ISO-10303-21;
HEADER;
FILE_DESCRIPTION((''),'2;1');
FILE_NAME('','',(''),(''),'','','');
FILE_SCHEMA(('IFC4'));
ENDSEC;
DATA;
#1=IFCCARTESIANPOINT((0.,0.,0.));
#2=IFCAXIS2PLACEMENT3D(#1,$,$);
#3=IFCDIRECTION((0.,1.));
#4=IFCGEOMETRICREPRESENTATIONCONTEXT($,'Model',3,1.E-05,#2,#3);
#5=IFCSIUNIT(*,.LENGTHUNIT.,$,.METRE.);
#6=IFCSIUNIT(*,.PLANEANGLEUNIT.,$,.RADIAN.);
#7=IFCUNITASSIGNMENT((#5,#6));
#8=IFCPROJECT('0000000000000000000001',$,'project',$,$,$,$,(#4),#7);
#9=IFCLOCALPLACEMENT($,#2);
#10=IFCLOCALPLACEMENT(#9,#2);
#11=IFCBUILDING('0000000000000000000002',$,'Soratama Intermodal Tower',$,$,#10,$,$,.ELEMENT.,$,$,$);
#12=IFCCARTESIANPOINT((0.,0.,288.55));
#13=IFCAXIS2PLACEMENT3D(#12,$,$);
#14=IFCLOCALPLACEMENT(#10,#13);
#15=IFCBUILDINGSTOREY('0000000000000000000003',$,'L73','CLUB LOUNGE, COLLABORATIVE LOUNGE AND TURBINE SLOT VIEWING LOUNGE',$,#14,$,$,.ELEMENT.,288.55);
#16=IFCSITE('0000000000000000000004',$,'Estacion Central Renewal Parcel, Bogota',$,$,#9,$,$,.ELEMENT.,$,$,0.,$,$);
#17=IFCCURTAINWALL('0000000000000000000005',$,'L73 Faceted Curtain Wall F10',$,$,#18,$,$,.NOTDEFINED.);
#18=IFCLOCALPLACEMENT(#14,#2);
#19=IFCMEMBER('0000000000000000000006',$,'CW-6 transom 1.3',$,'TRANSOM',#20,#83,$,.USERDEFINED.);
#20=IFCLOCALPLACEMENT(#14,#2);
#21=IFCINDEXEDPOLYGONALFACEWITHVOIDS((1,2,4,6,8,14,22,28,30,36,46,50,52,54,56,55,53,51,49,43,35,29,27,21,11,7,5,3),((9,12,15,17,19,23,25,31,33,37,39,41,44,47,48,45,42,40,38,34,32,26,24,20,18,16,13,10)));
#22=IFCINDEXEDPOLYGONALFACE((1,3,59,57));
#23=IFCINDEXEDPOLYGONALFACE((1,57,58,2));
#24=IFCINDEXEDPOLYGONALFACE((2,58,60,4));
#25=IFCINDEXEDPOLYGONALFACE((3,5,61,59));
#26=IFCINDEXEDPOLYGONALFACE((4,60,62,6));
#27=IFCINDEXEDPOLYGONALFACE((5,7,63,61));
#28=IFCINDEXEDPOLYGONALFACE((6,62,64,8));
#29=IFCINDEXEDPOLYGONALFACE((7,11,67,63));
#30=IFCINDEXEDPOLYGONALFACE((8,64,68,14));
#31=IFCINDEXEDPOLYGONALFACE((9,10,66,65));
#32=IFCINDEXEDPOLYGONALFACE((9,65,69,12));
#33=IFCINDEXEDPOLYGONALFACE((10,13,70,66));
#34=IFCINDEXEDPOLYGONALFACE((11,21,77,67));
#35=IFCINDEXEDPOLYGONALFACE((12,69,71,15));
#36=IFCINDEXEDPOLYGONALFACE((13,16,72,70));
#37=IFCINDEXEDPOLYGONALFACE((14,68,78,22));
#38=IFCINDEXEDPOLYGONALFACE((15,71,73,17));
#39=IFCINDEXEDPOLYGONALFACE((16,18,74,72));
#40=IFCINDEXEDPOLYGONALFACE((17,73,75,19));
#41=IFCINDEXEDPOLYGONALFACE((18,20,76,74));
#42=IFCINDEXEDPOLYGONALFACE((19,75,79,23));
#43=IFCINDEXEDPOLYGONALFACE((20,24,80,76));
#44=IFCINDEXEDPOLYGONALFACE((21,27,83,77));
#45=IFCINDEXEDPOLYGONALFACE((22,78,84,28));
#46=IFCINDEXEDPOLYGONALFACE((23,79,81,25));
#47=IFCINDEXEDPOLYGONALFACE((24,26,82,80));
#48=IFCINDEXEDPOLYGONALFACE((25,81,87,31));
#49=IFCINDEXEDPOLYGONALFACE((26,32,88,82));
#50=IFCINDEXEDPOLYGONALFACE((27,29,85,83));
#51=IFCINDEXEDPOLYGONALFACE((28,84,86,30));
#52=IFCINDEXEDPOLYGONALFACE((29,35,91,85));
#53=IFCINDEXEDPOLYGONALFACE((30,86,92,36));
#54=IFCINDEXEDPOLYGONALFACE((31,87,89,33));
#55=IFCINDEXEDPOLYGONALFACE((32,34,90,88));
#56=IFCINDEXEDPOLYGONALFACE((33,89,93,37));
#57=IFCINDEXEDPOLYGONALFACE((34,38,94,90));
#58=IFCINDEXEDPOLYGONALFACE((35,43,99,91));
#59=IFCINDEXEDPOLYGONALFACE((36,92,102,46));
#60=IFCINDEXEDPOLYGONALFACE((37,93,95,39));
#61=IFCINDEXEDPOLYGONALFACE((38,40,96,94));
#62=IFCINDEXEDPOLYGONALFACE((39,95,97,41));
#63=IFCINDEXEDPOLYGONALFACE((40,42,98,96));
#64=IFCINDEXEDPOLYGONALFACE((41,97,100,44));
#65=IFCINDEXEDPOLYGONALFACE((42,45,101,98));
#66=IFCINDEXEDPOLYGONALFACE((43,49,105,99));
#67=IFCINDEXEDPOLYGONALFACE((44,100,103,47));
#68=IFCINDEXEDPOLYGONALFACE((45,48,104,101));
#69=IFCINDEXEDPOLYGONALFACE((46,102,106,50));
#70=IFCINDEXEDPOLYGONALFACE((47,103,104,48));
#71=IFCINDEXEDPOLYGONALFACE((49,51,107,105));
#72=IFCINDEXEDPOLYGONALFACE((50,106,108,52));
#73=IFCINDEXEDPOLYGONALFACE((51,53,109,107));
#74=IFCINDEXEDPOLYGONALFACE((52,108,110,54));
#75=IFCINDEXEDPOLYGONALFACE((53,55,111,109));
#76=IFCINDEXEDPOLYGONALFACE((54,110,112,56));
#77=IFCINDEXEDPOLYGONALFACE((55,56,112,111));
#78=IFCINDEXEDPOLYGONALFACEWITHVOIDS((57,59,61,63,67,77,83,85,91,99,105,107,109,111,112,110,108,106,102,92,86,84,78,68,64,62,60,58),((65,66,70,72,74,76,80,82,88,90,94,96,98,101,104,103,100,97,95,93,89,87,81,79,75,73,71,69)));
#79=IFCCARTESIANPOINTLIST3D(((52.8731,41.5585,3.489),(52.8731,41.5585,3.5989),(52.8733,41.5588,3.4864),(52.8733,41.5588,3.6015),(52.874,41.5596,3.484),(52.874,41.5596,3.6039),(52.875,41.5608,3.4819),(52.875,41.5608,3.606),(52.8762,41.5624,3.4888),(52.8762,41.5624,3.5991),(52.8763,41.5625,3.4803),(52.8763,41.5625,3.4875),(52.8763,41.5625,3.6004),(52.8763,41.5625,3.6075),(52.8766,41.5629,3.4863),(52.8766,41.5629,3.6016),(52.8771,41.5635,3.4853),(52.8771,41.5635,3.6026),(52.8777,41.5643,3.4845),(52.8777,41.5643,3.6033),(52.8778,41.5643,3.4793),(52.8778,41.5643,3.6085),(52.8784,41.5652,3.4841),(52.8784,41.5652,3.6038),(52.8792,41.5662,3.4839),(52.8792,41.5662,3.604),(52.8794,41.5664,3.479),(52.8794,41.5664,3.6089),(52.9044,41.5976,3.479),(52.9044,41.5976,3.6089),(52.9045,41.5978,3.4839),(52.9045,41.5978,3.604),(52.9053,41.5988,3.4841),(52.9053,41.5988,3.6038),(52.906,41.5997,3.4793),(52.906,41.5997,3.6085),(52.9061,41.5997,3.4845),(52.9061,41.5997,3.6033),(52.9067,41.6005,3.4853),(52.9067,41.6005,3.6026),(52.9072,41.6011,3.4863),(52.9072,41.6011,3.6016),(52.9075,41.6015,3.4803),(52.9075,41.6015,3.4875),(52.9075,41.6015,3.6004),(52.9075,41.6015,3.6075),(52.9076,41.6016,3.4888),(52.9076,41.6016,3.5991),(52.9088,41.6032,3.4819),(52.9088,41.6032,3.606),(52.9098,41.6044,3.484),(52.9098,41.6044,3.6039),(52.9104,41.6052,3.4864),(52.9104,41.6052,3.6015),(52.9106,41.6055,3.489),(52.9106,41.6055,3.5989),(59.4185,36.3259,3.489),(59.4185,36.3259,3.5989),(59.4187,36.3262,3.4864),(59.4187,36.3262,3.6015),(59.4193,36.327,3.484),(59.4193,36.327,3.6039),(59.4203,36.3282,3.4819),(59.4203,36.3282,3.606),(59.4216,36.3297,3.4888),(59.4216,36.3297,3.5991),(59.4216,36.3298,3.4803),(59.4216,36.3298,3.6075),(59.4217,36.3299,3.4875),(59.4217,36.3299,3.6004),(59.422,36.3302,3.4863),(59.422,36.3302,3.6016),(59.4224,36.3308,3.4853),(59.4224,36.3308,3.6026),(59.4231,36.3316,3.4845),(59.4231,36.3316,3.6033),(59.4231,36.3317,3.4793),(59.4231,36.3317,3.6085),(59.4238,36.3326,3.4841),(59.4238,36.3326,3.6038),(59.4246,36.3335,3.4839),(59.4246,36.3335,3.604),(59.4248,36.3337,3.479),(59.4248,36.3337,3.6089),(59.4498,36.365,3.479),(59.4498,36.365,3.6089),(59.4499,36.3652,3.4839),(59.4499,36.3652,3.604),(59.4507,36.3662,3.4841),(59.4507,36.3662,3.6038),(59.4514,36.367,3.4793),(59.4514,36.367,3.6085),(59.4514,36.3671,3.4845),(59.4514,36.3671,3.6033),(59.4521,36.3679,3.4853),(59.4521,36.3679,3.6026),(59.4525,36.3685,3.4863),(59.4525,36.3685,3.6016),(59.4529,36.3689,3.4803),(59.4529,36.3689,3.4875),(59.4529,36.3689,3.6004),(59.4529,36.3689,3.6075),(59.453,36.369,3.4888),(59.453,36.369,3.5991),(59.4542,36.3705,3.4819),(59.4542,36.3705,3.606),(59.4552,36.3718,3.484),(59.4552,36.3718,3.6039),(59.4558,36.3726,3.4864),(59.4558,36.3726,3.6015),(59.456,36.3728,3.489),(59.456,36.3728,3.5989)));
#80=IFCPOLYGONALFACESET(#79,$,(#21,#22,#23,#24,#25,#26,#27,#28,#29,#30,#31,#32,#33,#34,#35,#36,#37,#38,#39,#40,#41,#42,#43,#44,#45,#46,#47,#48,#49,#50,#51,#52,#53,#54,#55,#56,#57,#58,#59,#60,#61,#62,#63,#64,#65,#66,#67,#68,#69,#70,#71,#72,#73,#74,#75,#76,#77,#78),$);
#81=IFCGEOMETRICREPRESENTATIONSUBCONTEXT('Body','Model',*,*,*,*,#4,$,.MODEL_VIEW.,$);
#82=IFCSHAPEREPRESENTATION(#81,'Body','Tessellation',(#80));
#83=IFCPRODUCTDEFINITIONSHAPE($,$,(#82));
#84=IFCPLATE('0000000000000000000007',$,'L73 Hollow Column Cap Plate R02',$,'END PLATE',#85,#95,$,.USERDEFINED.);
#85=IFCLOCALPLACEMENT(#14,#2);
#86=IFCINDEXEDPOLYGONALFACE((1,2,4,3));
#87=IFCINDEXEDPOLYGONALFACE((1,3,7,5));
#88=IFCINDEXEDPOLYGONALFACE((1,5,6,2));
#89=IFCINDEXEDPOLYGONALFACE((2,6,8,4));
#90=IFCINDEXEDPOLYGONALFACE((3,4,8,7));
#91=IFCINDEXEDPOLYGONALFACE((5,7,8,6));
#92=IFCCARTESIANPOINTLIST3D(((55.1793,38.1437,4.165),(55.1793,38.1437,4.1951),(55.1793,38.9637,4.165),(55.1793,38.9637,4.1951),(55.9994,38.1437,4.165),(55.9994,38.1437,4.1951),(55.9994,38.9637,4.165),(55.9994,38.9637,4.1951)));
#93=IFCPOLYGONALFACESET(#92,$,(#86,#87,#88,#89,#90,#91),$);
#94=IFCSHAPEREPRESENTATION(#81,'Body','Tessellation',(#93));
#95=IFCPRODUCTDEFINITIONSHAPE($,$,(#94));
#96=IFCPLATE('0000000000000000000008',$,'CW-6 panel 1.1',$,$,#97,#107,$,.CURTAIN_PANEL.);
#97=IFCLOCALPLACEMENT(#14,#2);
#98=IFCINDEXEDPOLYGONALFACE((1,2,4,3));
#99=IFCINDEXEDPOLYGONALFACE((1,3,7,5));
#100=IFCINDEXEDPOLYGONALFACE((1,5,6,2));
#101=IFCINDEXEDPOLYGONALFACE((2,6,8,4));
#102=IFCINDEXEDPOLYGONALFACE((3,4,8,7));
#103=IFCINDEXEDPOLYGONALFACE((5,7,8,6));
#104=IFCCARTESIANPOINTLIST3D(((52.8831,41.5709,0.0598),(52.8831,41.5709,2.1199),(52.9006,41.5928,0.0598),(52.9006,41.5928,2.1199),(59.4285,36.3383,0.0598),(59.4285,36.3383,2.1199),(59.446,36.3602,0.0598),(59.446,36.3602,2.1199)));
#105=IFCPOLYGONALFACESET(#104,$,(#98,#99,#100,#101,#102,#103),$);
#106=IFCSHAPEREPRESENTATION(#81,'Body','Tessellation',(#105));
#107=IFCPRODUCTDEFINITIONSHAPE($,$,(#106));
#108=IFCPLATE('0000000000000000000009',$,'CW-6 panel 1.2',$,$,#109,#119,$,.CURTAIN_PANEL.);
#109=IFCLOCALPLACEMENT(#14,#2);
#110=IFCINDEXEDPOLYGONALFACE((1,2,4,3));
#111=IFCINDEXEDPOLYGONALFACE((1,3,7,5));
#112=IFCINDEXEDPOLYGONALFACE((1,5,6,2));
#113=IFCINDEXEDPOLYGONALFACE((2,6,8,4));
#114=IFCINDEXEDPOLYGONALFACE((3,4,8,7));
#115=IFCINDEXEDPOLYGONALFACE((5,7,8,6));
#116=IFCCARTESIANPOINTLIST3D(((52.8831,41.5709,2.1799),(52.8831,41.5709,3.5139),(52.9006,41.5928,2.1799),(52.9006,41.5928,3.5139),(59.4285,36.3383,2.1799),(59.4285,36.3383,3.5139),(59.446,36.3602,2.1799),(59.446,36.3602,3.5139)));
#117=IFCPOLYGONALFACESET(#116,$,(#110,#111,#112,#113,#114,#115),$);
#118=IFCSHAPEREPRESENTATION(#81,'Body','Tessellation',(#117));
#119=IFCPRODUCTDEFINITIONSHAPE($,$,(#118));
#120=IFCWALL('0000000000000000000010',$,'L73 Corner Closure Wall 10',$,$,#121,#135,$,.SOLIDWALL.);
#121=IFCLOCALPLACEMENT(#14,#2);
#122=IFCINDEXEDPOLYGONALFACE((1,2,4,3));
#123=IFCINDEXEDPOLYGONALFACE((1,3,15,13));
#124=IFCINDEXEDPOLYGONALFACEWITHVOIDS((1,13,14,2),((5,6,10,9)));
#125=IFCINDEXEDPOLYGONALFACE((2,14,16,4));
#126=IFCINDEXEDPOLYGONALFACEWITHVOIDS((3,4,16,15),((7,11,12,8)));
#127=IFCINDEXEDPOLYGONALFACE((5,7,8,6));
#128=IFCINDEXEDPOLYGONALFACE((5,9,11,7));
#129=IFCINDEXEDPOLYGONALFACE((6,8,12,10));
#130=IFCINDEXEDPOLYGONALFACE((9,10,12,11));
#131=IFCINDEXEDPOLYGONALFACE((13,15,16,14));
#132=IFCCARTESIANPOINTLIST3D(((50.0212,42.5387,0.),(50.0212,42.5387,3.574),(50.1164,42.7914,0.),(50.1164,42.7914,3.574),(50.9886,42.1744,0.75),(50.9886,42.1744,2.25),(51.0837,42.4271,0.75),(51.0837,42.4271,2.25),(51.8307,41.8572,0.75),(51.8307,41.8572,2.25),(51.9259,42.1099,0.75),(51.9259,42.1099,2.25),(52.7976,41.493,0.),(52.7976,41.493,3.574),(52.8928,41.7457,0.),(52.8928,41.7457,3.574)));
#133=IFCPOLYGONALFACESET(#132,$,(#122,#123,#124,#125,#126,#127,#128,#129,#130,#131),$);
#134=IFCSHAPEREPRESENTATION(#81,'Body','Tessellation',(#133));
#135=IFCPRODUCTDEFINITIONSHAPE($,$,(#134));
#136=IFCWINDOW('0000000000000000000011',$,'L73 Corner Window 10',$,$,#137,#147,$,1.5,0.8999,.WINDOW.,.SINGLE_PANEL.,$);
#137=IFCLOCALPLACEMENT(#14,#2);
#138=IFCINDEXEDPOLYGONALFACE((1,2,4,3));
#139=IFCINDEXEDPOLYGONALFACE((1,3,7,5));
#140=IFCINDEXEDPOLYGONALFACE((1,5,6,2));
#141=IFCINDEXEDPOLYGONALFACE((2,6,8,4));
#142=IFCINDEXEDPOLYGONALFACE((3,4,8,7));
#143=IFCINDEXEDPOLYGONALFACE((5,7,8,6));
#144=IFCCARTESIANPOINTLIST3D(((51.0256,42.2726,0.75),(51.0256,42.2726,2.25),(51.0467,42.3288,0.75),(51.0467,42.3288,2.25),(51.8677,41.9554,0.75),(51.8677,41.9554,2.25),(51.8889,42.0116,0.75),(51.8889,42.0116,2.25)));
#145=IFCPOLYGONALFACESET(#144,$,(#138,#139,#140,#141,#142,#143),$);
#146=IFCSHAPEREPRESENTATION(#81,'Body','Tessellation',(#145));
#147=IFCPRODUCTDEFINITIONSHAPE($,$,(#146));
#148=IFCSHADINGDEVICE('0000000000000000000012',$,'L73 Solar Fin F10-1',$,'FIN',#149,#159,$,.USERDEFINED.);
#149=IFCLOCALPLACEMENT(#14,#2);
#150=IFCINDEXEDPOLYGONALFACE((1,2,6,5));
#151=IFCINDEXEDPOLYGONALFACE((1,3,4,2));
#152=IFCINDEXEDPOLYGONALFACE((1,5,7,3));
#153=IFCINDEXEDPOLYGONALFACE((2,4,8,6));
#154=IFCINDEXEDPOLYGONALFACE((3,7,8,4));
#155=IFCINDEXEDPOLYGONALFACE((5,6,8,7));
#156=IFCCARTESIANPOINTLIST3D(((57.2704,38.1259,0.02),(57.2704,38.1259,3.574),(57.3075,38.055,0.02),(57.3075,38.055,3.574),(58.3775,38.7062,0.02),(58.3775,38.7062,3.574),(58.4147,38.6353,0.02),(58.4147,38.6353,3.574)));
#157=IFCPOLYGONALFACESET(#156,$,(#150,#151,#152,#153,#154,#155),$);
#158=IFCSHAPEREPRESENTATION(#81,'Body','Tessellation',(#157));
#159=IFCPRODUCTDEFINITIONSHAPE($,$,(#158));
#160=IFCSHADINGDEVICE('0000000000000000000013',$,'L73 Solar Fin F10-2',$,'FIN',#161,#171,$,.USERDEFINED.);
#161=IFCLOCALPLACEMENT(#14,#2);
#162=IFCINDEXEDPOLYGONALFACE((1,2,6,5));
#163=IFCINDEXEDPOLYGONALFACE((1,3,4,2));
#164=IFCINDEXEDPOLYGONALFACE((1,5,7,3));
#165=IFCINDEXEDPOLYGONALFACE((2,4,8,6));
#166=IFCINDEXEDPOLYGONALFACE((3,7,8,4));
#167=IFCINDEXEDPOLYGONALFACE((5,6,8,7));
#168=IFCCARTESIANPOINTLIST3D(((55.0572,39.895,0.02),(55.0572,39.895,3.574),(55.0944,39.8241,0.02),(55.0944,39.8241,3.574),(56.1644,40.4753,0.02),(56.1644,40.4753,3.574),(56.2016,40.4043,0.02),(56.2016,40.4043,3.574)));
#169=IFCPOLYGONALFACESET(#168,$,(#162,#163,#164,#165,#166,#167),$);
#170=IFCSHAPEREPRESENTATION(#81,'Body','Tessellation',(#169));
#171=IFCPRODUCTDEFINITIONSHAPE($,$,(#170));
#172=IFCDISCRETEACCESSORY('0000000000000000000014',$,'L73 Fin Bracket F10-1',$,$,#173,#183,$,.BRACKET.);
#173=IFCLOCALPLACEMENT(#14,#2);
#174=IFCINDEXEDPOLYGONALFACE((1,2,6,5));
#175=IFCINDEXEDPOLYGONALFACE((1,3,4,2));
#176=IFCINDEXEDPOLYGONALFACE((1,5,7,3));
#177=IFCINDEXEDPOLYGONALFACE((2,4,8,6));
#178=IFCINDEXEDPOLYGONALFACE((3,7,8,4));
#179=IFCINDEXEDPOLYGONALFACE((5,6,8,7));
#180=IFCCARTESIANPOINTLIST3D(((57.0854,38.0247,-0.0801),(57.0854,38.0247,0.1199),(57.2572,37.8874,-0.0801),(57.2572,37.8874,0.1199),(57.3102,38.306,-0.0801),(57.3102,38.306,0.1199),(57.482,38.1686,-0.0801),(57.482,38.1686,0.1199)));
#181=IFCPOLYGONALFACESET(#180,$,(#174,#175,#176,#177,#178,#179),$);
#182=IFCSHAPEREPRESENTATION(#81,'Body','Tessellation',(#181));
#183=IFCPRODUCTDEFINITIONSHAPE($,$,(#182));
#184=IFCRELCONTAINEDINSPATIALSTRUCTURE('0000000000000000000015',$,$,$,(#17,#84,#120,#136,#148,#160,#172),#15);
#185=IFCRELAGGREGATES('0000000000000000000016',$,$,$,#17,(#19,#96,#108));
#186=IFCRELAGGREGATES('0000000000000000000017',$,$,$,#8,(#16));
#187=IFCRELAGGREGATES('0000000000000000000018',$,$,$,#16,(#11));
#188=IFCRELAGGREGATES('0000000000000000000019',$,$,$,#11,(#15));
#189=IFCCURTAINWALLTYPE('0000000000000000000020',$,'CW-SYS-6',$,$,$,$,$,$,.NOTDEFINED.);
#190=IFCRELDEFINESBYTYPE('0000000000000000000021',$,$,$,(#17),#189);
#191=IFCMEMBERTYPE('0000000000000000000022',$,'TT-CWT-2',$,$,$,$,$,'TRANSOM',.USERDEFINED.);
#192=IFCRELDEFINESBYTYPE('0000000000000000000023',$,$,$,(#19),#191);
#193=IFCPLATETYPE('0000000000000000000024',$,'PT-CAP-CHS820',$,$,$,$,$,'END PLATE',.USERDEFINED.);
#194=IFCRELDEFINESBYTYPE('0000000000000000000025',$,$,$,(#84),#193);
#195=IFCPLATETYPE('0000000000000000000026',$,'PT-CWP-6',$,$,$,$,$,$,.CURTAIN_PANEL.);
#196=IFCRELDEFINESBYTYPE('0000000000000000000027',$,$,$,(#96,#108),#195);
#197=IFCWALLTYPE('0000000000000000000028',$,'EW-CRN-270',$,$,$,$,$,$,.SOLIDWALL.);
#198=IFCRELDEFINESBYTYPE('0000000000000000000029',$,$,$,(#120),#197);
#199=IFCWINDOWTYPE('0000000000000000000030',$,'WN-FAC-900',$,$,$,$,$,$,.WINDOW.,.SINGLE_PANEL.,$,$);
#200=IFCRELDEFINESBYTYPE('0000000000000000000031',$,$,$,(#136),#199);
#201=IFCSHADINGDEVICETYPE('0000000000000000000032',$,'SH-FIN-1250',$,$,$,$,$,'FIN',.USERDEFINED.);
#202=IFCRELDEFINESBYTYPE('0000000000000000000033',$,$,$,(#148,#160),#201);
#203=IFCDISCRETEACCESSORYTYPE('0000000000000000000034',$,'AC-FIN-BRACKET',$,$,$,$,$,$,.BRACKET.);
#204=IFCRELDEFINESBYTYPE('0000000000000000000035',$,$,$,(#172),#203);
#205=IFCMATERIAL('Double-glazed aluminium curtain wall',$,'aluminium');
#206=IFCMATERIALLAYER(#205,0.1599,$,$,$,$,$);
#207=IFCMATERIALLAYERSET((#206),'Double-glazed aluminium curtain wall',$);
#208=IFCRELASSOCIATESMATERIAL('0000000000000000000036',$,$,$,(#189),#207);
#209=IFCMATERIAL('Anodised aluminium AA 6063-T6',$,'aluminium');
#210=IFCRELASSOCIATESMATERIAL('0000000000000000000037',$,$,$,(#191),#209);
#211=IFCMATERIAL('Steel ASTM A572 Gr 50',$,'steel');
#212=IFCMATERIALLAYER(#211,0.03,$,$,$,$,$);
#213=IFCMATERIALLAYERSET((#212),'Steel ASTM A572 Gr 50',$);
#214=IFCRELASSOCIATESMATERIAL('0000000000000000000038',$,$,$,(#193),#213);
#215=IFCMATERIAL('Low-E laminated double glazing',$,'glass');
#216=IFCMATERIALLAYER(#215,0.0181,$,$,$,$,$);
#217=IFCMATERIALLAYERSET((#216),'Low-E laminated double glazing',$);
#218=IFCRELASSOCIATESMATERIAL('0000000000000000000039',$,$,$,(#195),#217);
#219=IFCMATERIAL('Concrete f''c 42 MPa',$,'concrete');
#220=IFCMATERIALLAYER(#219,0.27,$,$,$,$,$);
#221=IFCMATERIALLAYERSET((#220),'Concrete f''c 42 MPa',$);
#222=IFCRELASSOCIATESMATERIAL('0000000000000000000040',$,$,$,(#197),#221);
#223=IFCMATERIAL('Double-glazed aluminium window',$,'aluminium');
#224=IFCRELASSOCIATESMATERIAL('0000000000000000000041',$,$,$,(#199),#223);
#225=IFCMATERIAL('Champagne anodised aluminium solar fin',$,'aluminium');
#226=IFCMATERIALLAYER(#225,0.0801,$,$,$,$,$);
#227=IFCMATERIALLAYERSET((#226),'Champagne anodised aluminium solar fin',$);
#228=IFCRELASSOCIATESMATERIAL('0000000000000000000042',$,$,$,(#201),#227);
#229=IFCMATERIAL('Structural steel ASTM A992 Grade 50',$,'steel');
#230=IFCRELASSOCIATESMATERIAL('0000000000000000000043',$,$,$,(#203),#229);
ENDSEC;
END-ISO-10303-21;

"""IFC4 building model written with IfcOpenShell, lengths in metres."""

from ifc_helpers import new_model, si_unit, direction, frame, frame_2d, origin, origin_2d, place, context, subcontext, project, spatial, rectangle, hollow_rectangle, extrude, material, layer, layer_set, material_profile, profile_set, type_object, element, fill, aggregate, save


model = new_model("IFC4")

# Units and contexts
model_context = context("Model", 3, precision=1e-05, world=origin(), true_north=direction((0.0, 1.0)))
body_context = subcontext(model_context, "Body", "Model", "MODEL_VIEW")
ifc_project = project(units=[si_unit("LENGTHUNIT", "METRE"), si_unit("PLANEANGLEUNIT", "RADIAN")], contexts=[model_context])

# Site, building, storey
site_placement = place(None, origin())
site = spatial("IfcSite", under=ifc_project, at=site_placement, Name="Estacion Central Renewal Parcel, Bogota", CompositionType="ELEMENT", RefElevation=0.0)
building_placement = place(site_placement, origin())
building = spatial("IfcBuilding", under=site, at=building_placement, Name="Soratama Intermodal Tower", CompositionType="ELEMENT")
storey_placement = place(building_placement, frame((0.0, 0.0, 288.55)))
storey = spatial("IfcBuildingStorey", under=building, at=storey_placement, Name="L73", Description="CLUB LOUNGE, COLLABORATIVE LOUNGE AND TURBINE SLOT VIEWING LOUNGE", CompositionType="ELEMENT", Elevation=288.55)

# Curtain wall, member
ifc_material_1 = material(Name="Double-glazed aluminium curtain wall", Category="aluminium")
ifc_layer_1 = layer(ifc_material_1, 0.1599)
ifc_layer_set_1 = layer_set([ifc_layer_1], Name="Double-glazed aluminium curtain wall")
curtain_wall_type = type_object("IfcCurtainWallType", Name="CW-SYS-6", PredefinedType="NOTDEFINED", material=ifc_layer_set_1)
curtain_wall_placement = place(storey_placement, origin())
curtain_wall = element("IfcCurtainWall", 1, at=curtain_wall_placement, inside=storey, type_object=curtain_wall_type, Name="L73 Faceted Curtain Wall F10", PredefinedType="NOTDEFINED")
ifc_material_2 = material(Name="Anodised aluminium AA 6063-T6", Category="aluminium")
ifc_material_profile_1 = material_profile(ifc_material_2, hollow_rectangle(XDim=0.0601, YDim=0.1299, WallThickness=0.0049, InnerFilletRadius=0.0049, OuterFilletRadius=0.01, at=origin_2d()), Name="CWT130X60X5")
ifc_profile_set_1 = profile_set([ifc_material_profile_1], Name="Anodised aluminium AA 6063-T6")
member_type_1 = type_object("IfcMemberType", Name="TT-CWT-2", ElementType="TRANSOM", PredefinedType="USERDEFINED", material=ifc_profile_set_1)
member_1_placement = place(storey_placement, frame((59.4373, 36.3494, 3.5439), z_axis=(-0.781082, 0.624429, 0.0), x_axis=(-0.624429, -0.781082, 0.0)))
member_1 = element("IfcMember", 2, at=member_1_placement, type_object=member_type_1, Name="CW-6 transom 1.3", ObjectType="TRANSOM", PredefinedType="USERDEFINED", context=body_context, shape_type="SweptSolid", body=[
    extrude(hollow_rectangle(XDim=0.0601, YDim=0.1299, WallThickness=0.0049, InnerFilletRadius=0.0049, OuterFilletRadius=0.01, at=origin_2d()), origin(), (0.0, 0.0, 1.0), 8.3799),
])

# Plates
ifc_material_3 = material(Name="Steel ASTM A572 Gr 50", Category="steel")
ifc_layer_2 = layer(ifc_material_3, 0.03)
ifc_layer_set_2 = layer_set([ifc_layer_2], Name="Steel ASTM A572 Gr 50")
plate_type_1 = type_object("IfcPlateType", Name="PT-CAP-CHS820", ElementType="END PLATE", PredefinedType="USERDEFINED", material=ifc_layer_set_2)
plate_1_placement = place(storey_placement, frame((55.5894, 38.5537, 4.165), z_axis=(0.0, 0.0, 1.0), x_axis=(1.0, 0.0, 0.0)))
element("IfcPlate", 3, at=plate_1_placement, inside=storey, type_object=plate_type_1, Name="L73 Hollow Column Cap Plate R02", ObjectType="END PLATE", PredefinedType="USERDEFINED", context=body_context, shape_type="SweptSolid", body=[
    extrude(rectangle(XDim=0.8201, YDim=0.8201, at=origin_2d()), origin(), (0.0, 0.0, 1.0), 0.03),
])
ifc_material_4 = material(Name="Low-E laminated double glazing", Category="glass")
ifc_layer_3 = layer(ifc_material_4, 0.0181)
ifc_layer_set_3 = layer_set([ifc_layer_3], Name="Low-E laminated double glazing")
plate_type_2 = type_object("IfcPlateType", Name="PT-CWP-6", PredefinedType="CURTAIN_PANEL", material=ifc_layer_set_3)
plate_2_placement = place(storey_placement, frame((56.1646, 38.9656, 0.0598), z_axis=(0.0, 0.0, 1.0), x_axis=(-0.781086, 0.624424, 0.0)))
plate_2 = element("IfcPlate", 4, at=plate_2_placement, type_object=plate_type_2, Name="CW-6 panel 1.1", PredefinedType="CURTAIN_PANEL", context=body_context, shape_type="SweptSolid", body=[
    extrude(rectangle(XDim=8.3799, YDim=0.0281, at=origin_2d()), origin(), (0.0, 0.0, 1.0), 2.0601),
])
plate_3_placement = place(storey_placement, frame((56.1646, 38.9656, 2.1799), z_axis=(0.0, 0.0, 1.0), x_axis=(-0.781086, 0.624424, 0.0)))
plate_3 = element("IfcPlate", 5, at=plate_3_placement, type_object=plate_type_2, Name="CW-6 panel 1.2", PredefinedType="CURTAIN_PANEL", context=body_context, shape_type="SweptSolid", body=[
    extrude(rectangle(XDim=8.3799, YDim=0.0281, at=origin_2d()), origin(), (0.0, 0.0, 1.0), 1.334),
])
aggregate(curtain_wall, [member_1, plate_2, plate_3])

# Wall, opening, window
ifc_material_5 = material(Name="Concrete f'c 42 MPa", Category="concrete")
ifc_layer_4 = layer(ifc_material_5, 0.27)
ifc_layer_set_4 = layer_set([ifc_layer_4], Name="Concrete f'c 42 MPa")
wall_type = type_object("IfcWallType", Name="EW-CRN-270", PredefinedType="SOLIDWALL", material=ifc_layer_set_4)
wall_placement = place(storey_placement, frame((52.8452, 41.6194, 0.0), z_axis=(0.0, 0.0, 1.0), x_axis=(-0.935828, 0.352458, 0.0)))
wall = element("IfcWall", 6, at=wall_placement, inside=storey, type_object=wall_type, Name="L73 Corner Closure Wall 10", PredefinedType="SOLIDWALL", context=body_context, shape_type="SweptSolid", body=[
    extrude(rectangle(XDim=2.9668, YDim=0.27, at=frame_2d((1.4834, 0.0))), origin(), (0.0, 0.0, 1.0), 3.574),
])
opening_placement = place(wall_placement, frame((1.0332, 0.0, 0.75)))
opening = element("IfcOpeningElement", 7, at=opening_placement, cuts=wall, PredefinedType="OPENING", context=body_context, shape_type="SweptSolid", body=[
    extrude(rectangle(XDim=0.8999, YDim=1.5, at=frame_2d((0.45, 0.75))), frame((0.0, 0.145, 0.0), z_axis=(0.0, -1.0, 0.0), x_axis=(1.0, 0.0, 0.0)), (0.0, 0.0, 1.0), 0.29),
])
ifc_material_6 = material(Name="Double-glazed aluminium window", Category="aluminium")
window_type = type_object("IfcWindowType", Name="WN-FAC-900", PartitioningType="SINGLE_PANEL", PredefinedType="WINDOW", material=ifc_material_6)
window_placement = place(opening_placement, origin())
window = element("IfcWindow", 8, at=window_placement, inside=storey, type_object=window_type, Name="L73 Corner Window 10", OverallHeight=1.5, OverallWidth=0.8999, PartitioningType="SINGLE_PANEL", PredefinedType="WINDOW", context=body_context, shape_type="SweptSolid", body=[
    extrude(rectangle(XDim=0.8999, YDim=1.5, at=frame_2d((0.45, 0.75))), frame((0.0, 0.03, 0.0), z_axis=(0.0, -1.0, 0.0), x_axis=(1.0, 0.0, 0.0)), (0.0, 0.0, 1.0), 0.0601),
])
fill(opening, window)

# Shading devices
ifc_material_7 = material(Name="Champagne anodised aluminium solar fin", Category="aluminium")
ifc_layer_5 = layer(ifc_material_7, 0.0801)
ifc_layer_set_5 = layer_set([ifc_layer_5], Name="Champagne anodised aluminium solar fin")
shading_device_type = type_object("IfcShadingDeviceType", Name="SH-FIN-1250", ElementType="FIN", PredefinedType="USERDEFINED", material=ifc_layer_set_5)
for number, where, z_axis, x_axis, name in (
    (9, (57.8425, 38.3806, 0.02), (0.0, 0.0, 1.0), (0.885718, 0.464224, 0.0), "L73 Solar Fin F10-1"),
    (10, (55.6294, 40.1497, 0.02), (0.0, 0.0, 1.0), (0.885718, 0.464224, 0.0), "L73 Solar Fin F10-2"),
):
    element("IfcShadingDevice", number, at=place(storey_placement, frame(where, z_axis=z_axis, x_axis=x_axis)), inside=storey, type_object=shading_device_type, Name=name, ObjectType="FIN", PredefinedType="USERDEFINED", context=body_context, shape_type="SweptSolid", body=[
        extrude(rectangle(XDim=1.25, YDim=0.0801, at=origin_2d()), origin(), (0.0, 0.0, 1.0), 3.554),
    ])

# Discrete accessory
ifc_material_8 = material(Name="Structural steel ASTM A992 Grade 50", Category="steel")
discrete_accessory_type = type_object("IfcDiscreteAccessoryType", Name="AC-FIN-BRACKET", PredefinedType="BRACKET", material=ifc_material_8)
for number, where, z_axis, x_axis, name in (
    (11, (57.2837, 38.0967, -0.0801), (0.0, 0.0, 1.0), (0.624425, 0.781085, 0.0), "L73 Fin Bracket F10-1"),
):
    element("IfcDiscreteAccessory", number, at=place(storey_placement, frame(where, z_axis=z_axis, x_axis=x_axis)), inside=storey, type_object=discrete_accessory_type, Name=name, PredefinedType="BRACKET", context=body_context, shape_type="SweptSolid", body=[
        extrude(rectangle(XDim=0.3601, YDim=0.22, at=origin_2d()), origin(), (0.0, 0.0, 1.0), 0.2),
    ])

save(model, "model.ifc")
